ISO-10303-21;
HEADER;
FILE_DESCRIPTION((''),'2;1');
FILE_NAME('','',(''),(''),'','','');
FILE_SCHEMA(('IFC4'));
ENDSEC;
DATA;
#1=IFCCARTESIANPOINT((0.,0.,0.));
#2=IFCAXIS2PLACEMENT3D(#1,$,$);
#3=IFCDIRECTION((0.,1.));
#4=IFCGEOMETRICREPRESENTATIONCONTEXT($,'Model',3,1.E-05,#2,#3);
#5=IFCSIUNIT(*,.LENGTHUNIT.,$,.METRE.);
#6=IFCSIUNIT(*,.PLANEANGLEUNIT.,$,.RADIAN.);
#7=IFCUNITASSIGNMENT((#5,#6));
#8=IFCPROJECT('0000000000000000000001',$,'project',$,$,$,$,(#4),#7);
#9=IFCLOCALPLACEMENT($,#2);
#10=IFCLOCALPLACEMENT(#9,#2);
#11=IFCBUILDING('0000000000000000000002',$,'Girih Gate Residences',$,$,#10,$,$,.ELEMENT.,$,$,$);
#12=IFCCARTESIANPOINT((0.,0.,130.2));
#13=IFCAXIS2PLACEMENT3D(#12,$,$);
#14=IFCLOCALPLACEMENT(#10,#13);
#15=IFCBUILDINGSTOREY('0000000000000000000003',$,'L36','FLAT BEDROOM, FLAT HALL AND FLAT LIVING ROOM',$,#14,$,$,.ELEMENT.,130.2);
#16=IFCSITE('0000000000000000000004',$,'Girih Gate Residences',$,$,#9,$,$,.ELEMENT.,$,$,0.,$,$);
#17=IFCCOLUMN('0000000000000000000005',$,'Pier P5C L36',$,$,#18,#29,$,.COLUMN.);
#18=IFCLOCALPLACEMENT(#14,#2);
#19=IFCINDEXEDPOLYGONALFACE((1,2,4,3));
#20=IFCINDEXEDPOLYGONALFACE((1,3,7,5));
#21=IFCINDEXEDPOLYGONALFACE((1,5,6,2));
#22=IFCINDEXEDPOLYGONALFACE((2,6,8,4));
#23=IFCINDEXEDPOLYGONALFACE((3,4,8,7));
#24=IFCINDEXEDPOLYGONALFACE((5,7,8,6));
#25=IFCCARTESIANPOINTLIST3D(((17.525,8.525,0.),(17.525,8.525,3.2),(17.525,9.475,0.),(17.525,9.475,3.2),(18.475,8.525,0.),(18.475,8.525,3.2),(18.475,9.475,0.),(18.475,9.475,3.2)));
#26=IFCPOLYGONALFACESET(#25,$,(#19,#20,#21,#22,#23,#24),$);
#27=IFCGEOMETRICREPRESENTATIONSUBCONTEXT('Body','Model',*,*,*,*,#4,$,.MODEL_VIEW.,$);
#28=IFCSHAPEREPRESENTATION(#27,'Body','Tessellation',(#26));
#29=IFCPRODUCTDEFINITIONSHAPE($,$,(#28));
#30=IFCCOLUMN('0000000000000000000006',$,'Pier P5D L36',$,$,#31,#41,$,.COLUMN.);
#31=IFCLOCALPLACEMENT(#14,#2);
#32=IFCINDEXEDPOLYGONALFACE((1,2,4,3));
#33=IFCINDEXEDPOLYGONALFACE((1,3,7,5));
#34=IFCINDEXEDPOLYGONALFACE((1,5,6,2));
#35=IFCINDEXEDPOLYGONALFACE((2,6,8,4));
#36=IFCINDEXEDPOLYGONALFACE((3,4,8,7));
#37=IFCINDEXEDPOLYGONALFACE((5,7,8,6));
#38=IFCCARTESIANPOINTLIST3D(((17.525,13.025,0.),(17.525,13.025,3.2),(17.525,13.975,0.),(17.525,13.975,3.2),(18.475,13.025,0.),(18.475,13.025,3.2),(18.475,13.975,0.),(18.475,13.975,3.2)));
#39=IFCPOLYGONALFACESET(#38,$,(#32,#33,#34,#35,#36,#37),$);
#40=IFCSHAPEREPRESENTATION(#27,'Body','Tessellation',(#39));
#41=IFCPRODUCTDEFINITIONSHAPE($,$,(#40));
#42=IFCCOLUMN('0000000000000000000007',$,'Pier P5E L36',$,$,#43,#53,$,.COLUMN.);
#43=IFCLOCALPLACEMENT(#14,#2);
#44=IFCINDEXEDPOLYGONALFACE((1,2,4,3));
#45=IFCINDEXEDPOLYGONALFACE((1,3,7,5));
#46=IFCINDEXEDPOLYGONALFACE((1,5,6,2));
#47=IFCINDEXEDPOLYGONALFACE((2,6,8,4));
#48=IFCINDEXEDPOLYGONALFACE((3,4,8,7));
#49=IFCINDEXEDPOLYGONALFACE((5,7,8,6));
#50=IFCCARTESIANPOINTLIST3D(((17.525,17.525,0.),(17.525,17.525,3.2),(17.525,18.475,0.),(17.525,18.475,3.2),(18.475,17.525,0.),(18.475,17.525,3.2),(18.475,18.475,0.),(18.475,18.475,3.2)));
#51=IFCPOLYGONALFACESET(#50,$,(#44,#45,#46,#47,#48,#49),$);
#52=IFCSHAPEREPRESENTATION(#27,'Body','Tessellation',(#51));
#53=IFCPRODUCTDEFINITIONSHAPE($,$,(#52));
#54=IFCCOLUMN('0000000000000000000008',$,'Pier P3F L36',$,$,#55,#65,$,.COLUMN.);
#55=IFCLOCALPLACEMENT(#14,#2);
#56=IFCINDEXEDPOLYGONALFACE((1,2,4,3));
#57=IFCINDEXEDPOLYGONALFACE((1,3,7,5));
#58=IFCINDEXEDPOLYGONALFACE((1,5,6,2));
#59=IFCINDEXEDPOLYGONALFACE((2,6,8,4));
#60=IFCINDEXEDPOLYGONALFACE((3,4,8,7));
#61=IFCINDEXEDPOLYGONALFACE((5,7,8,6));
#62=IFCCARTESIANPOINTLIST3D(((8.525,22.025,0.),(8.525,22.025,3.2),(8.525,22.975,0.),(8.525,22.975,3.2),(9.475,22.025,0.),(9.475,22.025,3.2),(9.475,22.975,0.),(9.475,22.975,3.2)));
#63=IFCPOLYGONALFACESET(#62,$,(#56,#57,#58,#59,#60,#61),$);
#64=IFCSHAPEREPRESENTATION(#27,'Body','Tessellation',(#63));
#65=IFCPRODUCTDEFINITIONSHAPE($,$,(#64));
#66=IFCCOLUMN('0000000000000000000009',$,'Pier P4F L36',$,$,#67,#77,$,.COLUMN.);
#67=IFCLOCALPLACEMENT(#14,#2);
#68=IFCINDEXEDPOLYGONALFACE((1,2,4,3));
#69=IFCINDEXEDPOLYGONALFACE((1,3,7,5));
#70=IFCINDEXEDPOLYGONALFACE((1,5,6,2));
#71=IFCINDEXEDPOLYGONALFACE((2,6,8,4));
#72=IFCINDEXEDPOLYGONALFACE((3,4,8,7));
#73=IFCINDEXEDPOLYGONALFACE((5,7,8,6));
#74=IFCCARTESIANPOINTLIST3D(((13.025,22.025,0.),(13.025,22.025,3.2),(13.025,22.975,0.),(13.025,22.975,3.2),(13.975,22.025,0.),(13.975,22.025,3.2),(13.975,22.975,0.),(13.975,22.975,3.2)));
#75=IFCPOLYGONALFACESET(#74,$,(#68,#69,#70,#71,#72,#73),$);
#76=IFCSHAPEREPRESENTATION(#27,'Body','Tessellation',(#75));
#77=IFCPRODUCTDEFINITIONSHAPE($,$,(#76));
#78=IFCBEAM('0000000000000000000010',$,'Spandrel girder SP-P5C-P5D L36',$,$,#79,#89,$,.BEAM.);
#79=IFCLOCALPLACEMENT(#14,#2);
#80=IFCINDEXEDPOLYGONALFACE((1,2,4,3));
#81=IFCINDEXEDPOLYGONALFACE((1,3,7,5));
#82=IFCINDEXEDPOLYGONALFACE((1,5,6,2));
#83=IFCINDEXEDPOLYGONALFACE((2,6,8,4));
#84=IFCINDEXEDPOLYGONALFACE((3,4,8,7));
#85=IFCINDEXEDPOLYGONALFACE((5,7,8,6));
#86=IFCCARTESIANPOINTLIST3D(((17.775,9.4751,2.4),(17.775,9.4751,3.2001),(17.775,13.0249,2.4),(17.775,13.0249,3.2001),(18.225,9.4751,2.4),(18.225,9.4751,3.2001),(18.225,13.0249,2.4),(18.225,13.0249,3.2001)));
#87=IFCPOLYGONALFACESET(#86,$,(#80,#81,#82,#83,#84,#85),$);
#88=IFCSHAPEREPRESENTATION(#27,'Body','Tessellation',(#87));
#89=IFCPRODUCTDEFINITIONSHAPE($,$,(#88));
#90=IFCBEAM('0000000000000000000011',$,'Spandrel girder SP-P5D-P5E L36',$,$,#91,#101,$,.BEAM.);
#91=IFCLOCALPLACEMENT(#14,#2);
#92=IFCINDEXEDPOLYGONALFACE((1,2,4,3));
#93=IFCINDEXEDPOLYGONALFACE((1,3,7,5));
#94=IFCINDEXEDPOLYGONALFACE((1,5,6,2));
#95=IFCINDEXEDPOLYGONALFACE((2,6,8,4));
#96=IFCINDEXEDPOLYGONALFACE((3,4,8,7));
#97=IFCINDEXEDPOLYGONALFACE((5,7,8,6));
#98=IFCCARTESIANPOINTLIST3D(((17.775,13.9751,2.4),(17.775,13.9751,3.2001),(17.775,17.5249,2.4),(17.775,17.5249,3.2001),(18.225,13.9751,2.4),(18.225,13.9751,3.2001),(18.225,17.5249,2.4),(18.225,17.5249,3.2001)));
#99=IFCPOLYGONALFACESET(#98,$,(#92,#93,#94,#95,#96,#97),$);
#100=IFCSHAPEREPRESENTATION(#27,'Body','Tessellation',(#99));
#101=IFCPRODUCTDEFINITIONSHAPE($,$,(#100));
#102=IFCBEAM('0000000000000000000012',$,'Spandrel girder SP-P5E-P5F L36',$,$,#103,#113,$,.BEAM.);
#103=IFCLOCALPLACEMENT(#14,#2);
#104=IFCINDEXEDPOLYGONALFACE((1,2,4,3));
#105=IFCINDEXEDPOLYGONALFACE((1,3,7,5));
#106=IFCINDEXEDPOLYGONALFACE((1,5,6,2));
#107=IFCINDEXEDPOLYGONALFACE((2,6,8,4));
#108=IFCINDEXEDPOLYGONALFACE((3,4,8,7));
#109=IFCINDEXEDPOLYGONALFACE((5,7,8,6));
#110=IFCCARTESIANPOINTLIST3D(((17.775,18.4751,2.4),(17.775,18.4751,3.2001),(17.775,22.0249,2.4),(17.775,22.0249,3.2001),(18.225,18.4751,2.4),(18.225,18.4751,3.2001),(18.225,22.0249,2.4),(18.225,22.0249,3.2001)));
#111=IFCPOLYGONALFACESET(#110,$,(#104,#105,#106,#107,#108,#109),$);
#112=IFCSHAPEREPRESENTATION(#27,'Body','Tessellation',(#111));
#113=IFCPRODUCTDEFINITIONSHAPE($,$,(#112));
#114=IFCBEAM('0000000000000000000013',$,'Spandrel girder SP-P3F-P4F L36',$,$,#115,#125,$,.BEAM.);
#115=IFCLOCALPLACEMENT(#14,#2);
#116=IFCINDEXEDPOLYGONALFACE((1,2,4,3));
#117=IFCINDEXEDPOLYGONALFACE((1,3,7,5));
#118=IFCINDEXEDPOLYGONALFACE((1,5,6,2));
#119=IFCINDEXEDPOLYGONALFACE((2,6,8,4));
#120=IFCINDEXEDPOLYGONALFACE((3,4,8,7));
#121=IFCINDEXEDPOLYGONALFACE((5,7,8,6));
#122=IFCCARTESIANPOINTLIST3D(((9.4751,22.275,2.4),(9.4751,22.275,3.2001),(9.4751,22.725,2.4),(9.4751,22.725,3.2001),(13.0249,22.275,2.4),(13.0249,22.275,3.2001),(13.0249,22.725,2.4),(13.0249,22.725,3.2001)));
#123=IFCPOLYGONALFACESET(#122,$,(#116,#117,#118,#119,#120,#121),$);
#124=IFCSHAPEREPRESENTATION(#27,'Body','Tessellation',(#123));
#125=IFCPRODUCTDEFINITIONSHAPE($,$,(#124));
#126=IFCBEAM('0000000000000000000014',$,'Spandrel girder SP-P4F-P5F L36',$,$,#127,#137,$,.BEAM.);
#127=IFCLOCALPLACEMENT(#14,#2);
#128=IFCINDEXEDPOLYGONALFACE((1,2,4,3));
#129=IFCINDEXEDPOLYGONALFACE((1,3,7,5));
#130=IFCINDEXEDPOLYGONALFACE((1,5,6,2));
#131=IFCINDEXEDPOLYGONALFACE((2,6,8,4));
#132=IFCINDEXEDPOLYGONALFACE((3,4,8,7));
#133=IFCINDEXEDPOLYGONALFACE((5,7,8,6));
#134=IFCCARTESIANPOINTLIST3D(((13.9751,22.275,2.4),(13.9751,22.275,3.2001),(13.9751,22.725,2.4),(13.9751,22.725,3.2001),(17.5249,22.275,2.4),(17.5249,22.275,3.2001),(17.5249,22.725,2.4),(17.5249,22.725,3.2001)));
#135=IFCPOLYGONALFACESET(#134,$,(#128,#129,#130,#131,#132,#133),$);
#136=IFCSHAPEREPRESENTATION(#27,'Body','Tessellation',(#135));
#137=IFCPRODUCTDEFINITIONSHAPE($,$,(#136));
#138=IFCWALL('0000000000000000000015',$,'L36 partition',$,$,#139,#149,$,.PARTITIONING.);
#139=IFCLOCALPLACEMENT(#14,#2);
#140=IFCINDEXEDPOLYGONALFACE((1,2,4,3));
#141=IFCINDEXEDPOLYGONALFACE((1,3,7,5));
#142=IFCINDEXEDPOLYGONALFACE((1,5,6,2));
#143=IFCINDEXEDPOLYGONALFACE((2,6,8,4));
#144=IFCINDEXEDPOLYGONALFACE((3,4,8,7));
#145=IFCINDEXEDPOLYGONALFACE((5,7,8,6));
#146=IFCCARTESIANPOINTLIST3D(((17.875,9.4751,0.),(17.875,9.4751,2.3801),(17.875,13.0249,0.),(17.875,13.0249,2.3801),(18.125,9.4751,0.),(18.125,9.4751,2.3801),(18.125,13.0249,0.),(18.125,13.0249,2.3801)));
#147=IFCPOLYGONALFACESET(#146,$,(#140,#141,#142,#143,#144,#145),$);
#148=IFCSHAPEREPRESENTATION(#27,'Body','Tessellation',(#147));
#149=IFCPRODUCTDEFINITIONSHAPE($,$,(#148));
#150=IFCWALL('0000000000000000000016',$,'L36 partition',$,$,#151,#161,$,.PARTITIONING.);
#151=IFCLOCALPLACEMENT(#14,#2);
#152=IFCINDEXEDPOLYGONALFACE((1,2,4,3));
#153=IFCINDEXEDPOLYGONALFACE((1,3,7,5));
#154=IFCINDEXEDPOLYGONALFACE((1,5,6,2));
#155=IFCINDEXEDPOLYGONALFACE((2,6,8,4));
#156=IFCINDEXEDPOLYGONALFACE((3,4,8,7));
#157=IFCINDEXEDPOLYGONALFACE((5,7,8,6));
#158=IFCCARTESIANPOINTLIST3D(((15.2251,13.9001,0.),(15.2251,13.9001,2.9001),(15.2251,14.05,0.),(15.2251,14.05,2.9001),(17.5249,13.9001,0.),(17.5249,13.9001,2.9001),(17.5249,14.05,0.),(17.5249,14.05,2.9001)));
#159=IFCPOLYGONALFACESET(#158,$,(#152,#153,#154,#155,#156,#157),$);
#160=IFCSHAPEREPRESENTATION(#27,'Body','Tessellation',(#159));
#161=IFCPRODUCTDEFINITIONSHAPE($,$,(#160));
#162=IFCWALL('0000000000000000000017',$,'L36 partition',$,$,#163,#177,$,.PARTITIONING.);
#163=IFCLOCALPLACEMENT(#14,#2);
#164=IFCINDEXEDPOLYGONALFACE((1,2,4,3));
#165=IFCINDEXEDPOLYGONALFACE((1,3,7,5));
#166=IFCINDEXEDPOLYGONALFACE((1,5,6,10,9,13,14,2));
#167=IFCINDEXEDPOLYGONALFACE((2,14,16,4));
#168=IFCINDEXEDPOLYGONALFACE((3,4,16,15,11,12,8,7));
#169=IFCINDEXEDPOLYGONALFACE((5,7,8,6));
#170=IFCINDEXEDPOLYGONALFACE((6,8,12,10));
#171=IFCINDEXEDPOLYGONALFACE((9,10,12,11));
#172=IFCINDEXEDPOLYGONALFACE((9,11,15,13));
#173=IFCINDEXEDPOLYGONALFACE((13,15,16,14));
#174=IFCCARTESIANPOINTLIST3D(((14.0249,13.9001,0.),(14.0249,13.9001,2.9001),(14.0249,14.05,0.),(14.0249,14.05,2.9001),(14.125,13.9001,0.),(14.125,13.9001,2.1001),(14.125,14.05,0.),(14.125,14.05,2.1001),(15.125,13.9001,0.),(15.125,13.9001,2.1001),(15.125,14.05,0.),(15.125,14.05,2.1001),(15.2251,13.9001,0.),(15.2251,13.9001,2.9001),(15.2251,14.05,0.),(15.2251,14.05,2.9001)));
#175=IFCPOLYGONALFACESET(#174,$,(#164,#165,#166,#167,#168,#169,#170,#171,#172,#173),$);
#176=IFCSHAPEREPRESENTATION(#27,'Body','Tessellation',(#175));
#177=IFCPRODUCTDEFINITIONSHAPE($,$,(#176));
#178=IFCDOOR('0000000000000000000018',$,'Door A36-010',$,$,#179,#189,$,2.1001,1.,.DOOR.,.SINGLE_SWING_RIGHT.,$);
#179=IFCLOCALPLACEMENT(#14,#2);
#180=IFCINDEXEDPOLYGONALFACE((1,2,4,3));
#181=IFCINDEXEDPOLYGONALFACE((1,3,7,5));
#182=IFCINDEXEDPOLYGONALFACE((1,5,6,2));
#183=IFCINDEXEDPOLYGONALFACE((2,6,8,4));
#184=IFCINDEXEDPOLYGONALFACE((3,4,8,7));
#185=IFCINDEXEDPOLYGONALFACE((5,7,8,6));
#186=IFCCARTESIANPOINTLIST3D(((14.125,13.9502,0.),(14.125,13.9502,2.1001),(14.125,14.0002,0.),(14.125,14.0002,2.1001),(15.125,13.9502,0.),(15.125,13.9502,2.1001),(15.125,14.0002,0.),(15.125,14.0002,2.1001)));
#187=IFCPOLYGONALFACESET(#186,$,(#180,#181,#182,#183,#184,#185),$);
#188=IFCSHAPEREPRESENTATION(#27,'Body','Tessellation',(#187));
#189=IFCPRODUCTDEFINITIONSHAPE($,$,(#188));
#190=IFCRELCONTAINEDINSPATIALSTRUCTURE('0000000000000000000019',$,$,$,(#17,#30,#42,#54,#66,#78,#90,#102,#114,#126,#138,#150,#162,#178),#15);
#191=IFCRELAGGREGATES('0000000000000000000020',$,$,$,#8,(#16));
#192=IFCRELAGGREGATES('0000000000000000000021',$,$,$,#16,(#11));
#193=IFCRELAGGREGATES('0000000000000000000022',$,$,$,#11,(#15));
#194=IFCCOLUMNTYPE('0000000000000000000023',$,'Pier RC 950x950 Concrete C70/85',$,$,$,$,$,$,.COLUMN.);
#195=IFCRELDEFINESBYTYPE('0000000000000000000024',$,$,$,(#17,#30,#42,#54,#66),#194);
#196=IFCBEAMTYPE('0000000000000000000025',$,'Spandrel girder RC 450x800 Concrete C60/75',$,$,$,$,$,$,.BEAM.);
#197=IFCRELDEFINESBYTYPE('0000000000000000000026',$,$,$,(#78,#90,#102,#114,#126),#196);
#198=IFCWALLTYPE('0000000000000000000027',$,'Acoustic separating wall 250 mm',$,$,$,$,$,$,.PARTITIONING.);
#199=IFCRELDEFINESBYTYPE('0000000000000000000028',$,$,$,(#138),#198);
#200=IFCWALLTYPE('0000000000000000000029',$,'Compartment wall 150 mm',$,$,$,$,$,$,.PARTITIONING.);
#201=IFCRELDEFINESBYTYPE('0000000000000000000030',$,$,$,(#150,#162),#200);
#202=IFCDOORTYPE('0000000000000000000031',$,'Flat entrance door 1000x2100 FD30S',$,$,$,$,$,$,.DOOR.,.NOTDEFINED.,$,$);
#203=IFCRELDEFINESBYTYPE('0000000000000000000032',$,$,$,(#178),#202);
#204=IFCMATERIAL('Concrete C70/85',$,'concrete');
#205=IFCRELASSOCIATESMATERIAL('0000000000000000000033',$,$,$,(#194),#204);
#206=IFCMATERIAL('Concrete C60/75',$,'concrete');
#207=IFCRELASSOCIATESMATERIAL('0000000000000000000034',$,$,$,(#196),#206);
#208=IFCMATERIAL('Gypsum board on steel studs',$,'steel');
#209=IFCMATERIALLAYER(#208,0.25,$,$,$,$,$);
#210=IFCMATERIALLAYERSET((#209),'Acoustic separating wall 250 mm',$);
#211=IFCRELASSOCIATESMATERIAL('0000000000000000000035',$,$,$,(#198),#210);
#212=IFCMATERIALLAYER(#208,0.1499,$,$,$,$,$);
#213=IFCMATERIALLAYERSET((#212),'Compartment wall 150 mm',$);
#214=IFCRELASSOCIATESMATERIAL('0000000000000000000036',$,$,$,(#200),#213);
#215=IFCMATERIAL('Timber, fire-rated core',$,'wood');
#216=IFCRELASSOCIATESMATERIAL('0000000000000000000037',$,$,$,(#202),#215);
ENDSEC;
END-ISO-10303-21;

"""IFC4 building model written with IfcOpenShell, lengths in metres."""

from ifc_helpers import new_model, si_unit, direction, frame, frame_2d, origin, origin_2d, place, context, subcontext, project, spatial, rectangle, extrude, material, layer, layer_set, material_profile, profile_set, type_object, element, fill, save


model = new_model("IFC4")

# Units and contexts
model_context = context("Model", 3, precision=1e-05, world=origin(), true_north=direction((0.0, 1.0)))
body_context = subcontext(model_context, "Body", "Model", "MODEL_VIEW")
ifc_project = project(units=[si_unit("LENGTHUNIT", "METRE"), si_unit("PLANEANGLEUNIT", "RADIAN")], contexts=[model_context])

# Site, building, storey
site_placement = place(None, origin())
site = spatial("IfcSite", under=ifc_project, at=site_placement, Name="Girih Gate Residences", CompositionType="ELEMENT", RefElevation=0.0)
building_placement = place(site_placement, origin())
building = spatial("IfcBuilding", under=site, at=building_placement, Name="Girih Gate Residences", CompositionType="ELEMENT")
storey_placement = place(building_placement, frame((0.0, 0.0, 130.2)))
storey = spatial("IfcBuildingStorey", under=building, at=storey_placement, Name="L36", Description="FLAT BEDROOM, FLAT HALL AND FLAT LIVING ROOM", CompositionType="ELEMENT", Elevation=130.2)

# Columns
ifc_material_1 = material(Name="Concrete C70/85", Category="concrete")
ifc_material_profile_1 = material_profile(ifc_material_1, rectangle(XDim=0.95, YDim=0.95, at=origin_2d()))
ifc_profile_set_1 = profile_set([ifc_material_profile_1], Name="Concrete C70/85")
column_type = type_object("IfcColumnType", Name="Pier RC 950x950 Concrete C70/85", PredefinedType="COLUMN", material=ifc_profile_set_1)
for number, where, z_axis, x_axis, name in (
    (1, (18.0, 9.0, 0.0), (0.0, 0.0, 1.0), (1.0, 0.0, 0.0), "Pier P5C L36"),
    (2, (18.0, 13.5, 0.0), (0.0, 0.0, 1.0), (1.0, 0.0, 0.0), "Pier P5D L36"),
    (3, (18.0, 18.0, 0.0), (0.0, 0.0, 1.0), (1.0, 0.0, 0.0), "Pier P5E L36"),
    (4, (9.0, 22.5, 0.0), (0.0, 0.0, 1.0), (1.0, 0.0, 0.0), "Pier P3F L36"),
    (5, (13.5, 22.5, 0.0), (0.0, 0.0, 1.0), (1.0, 0.0, 0.0), "Pier P4F L36"),
):
    element("IfcColumn", number, at=place(storey_placement, frame(where, z_axis=z_axis, x_axis=x_axis)), inside=storey, type_object=column_type, Name=name, PredefinedType="COLUMN", context=body_context, shape_type="SweptSolid", body=[
        extrude(rectangle(XDim=0.95, YDim=0.95, at=origin_2d()), origin(), (0.0, 0.0, 1.0), 3.2),
    ])

# Beams
ifc_material_2 = material(Name="Concrete C60/75", Category="concrete")
ifc_material_profile_2 = material_profile(ifc_material_2, rectangle(XDim=0.45, YDim=0.8, at=origin_2d()))
ifc_profile_set_2 = profile_set([ifc_material_profile_2], Name="Concrete C60/75")
beam_type = type_object("IfcBeamType", Name="Spandrel girder RC 450x800 Concrete C60/75", PredefinedType="BEAM", material=ifc_profile_set_2)
for number, where, z_axis, x_axis, name in (
    (6, (18.0, 9.4751, 2.8), (0.0, 1.0, 0.0), (-1.0, 0.0, 0.0), "Spandrel girder SP-P5C-P5D L36"),
    (7, (18.0, 13.9751, 2.8), (0.0, 1.0, 0.0), (-1.0, 0.0, 0.0), "Spandrel girder SP-P5D-P5E L36"),
    (8, (18.0, 18.4751, 2.8), (0.0, 1.0, 0.0), (-1.0, 0.0, 0.0), "Spandrel girder SP-P5E-P5F L36"),
    (9, (9.4751, 22.5, 2.8), (1.0, 0.0, 0.0), (0.0, 1.0, 0.0), "Spandrel girder SP-P3F-P4F L36"),
    (10, (13.9751, 22.5, 2.8), (1.0, 0.0, 0.0), (0.0, 1.0, 0.0), "Spandrel girder SP-P4F-P5F L36"),
):
    element("IfcBeam", number, at=place(storey_placement, frame(where, z_axis=z_axis, x_axis=x_axis)), inside=storey, type_object=beam_type, Name=name, PredefinedType="BEAM", context=body_context, shape_type="SweptSolid", body=[
        extrude(rectangle(XDim=0.45, YDim=0.8, at=origin_2d()), origin(), (0.0, 0.0, 1.0), 3.5498),
    ])

# Walls
ifc_material_3 = material(Name="Gypsum board on steel studs", Category="steel")
ifc_layer_1 = layer(ifc_material_3, 0.25)
ifc_layer_set_1 = layer_set([ifc_layer_1], Name="Acoustic separating wall 250 mm")
wall_type_1 = type_object("IfcWallType", Name="Acoustic separating wall 250 mm", PredefinedType="PARTITIONING", material=ifc_layer_set_1)
wall_1_placement = place(storey_placement, frame((18.0, 9.4751, 0.0), z_axis=(0.0, 0.0, 1.0), x_axis=(0.0, 1.0, 0.0)))
element("IfcWall", 11, at=wall_1_placement, inside=storey, type_object=wall_type_1, Name="L36 partition", PredefinedType="PARTITIONING", context=body_context, shape_type="SweptSolid", body=[
    extrude(rectangle(XDim=3.5498, YDim=0.25, at=frame_2d((1.7749, 0.0))), origin(), (0.0, 0.0, 1.0), 2.3801),
])
ifc_layer_2 = layer(ifc_material_3, 0.1499)
ifc_layer_set_2 = layer_set([ifc_layer_2], Name="Compartment wall 150 mm")
wall_type_2 = type_object("IfcWallType", Name="Compartment wall 150 mm", PredefinedType="PARTITIONING", material=ifc_layer_set_2)
wall_2_placement = place(storey_placement, frame((15.2251, 13.9751, 0.0), z_axis=(0.0, 0.0, 1.0), x_axis=(1.0, 0.0, 0.0)))
element("IfcWall", 12, at=wall_2_placement, inside=storey, type_object=wall_type_2, Name="L36 partition", PredefinedType="PARTITIONING", context=body_context, shape_type="SweptSolid", body=[
    extrude(rectangle(XDim=2.2998, YDim=0.1499, at=frame_2d((1.1499, 0.0))), origin(), (0.0, 0.0, 1.0), 2.9001),
])

# Wall, opening, door
wall_3_placement = place(storey_placement, frame((15.2251, 13.9751, 0.0), z_axis=(0.0, 0.0, 1.0), x_axis=(-1.0, 0.0, 0.0)))
wall_3 = element("IfcWall", 13, at=wall_3_placement, inside=storey, type_object=wall_type_2, Name="L36 partition", PredefinedType="PARTITIONING", context=body_context, shape_type="SweptSolid", body=[
    extrude(rectangle(XDim=1.2002, YDim=0.1499, at=frame_2d((0.6001, 0.0))), origin(), (0.0, 0.0, 1.0), 2.9001),
])
opening_1_placement = place(wall_3_placement, frame((0.1001, 0.0, 0.0)))
opening_1 = element("IfcOpeningElement", 14, at=opening_1_placement, cuts=wall_3, PredefinedType="OPENING", context=body_context, shape_type="SweptSolid", body=[
    extrude(rectangle(XDim=1.0, YDim=2.1001, at=frame_2d((0.5, 1.05))), frame((0.0, 0.085, 0.0), z_axis=(0.0, -1.0, 0.0), x_axis=(1.0, 0.0, 0.0)), (0.0, 0.0, 1.0), 0.1699),
])
ifc_material_4 = material(Name="Timber, fire-rated core", Category="wood")
door_type_1 = type_object("IfcDoorType", Name="Flat entrance door 1000x2100 FD30S", OperationType="NOTDEFINED", PredefinedType="DOOR", material=ifc_material_4)
door_1_placement = place(opening_1_placement, origin())
door_1 = element("IfcDoor", 15, at=door_1_placement, inside=storey, type_object=door_type_1, Name="Door A36-010", OperationType="SINGLE_SWING_RIGHT", OverallHeight=2.1001, OverallWidth=1.0, PredefinedType="DOOR", context=body_context, shape_type="SweptSolid", body=[
    extrude(rectangle(XDim=1.0, YDim=2.1001, at=frame_2d((0.5, 1.05))), frame((0.0, 0.0249, 0.0), z_axis=(0.0, -1.0, 0.0), x_axis=(1.0, 0.0, 0.0)), (0.0, 0.0, 1.0), 0.05),
])
fill(opening_1, door_1)

save(model, "model.ifc")
